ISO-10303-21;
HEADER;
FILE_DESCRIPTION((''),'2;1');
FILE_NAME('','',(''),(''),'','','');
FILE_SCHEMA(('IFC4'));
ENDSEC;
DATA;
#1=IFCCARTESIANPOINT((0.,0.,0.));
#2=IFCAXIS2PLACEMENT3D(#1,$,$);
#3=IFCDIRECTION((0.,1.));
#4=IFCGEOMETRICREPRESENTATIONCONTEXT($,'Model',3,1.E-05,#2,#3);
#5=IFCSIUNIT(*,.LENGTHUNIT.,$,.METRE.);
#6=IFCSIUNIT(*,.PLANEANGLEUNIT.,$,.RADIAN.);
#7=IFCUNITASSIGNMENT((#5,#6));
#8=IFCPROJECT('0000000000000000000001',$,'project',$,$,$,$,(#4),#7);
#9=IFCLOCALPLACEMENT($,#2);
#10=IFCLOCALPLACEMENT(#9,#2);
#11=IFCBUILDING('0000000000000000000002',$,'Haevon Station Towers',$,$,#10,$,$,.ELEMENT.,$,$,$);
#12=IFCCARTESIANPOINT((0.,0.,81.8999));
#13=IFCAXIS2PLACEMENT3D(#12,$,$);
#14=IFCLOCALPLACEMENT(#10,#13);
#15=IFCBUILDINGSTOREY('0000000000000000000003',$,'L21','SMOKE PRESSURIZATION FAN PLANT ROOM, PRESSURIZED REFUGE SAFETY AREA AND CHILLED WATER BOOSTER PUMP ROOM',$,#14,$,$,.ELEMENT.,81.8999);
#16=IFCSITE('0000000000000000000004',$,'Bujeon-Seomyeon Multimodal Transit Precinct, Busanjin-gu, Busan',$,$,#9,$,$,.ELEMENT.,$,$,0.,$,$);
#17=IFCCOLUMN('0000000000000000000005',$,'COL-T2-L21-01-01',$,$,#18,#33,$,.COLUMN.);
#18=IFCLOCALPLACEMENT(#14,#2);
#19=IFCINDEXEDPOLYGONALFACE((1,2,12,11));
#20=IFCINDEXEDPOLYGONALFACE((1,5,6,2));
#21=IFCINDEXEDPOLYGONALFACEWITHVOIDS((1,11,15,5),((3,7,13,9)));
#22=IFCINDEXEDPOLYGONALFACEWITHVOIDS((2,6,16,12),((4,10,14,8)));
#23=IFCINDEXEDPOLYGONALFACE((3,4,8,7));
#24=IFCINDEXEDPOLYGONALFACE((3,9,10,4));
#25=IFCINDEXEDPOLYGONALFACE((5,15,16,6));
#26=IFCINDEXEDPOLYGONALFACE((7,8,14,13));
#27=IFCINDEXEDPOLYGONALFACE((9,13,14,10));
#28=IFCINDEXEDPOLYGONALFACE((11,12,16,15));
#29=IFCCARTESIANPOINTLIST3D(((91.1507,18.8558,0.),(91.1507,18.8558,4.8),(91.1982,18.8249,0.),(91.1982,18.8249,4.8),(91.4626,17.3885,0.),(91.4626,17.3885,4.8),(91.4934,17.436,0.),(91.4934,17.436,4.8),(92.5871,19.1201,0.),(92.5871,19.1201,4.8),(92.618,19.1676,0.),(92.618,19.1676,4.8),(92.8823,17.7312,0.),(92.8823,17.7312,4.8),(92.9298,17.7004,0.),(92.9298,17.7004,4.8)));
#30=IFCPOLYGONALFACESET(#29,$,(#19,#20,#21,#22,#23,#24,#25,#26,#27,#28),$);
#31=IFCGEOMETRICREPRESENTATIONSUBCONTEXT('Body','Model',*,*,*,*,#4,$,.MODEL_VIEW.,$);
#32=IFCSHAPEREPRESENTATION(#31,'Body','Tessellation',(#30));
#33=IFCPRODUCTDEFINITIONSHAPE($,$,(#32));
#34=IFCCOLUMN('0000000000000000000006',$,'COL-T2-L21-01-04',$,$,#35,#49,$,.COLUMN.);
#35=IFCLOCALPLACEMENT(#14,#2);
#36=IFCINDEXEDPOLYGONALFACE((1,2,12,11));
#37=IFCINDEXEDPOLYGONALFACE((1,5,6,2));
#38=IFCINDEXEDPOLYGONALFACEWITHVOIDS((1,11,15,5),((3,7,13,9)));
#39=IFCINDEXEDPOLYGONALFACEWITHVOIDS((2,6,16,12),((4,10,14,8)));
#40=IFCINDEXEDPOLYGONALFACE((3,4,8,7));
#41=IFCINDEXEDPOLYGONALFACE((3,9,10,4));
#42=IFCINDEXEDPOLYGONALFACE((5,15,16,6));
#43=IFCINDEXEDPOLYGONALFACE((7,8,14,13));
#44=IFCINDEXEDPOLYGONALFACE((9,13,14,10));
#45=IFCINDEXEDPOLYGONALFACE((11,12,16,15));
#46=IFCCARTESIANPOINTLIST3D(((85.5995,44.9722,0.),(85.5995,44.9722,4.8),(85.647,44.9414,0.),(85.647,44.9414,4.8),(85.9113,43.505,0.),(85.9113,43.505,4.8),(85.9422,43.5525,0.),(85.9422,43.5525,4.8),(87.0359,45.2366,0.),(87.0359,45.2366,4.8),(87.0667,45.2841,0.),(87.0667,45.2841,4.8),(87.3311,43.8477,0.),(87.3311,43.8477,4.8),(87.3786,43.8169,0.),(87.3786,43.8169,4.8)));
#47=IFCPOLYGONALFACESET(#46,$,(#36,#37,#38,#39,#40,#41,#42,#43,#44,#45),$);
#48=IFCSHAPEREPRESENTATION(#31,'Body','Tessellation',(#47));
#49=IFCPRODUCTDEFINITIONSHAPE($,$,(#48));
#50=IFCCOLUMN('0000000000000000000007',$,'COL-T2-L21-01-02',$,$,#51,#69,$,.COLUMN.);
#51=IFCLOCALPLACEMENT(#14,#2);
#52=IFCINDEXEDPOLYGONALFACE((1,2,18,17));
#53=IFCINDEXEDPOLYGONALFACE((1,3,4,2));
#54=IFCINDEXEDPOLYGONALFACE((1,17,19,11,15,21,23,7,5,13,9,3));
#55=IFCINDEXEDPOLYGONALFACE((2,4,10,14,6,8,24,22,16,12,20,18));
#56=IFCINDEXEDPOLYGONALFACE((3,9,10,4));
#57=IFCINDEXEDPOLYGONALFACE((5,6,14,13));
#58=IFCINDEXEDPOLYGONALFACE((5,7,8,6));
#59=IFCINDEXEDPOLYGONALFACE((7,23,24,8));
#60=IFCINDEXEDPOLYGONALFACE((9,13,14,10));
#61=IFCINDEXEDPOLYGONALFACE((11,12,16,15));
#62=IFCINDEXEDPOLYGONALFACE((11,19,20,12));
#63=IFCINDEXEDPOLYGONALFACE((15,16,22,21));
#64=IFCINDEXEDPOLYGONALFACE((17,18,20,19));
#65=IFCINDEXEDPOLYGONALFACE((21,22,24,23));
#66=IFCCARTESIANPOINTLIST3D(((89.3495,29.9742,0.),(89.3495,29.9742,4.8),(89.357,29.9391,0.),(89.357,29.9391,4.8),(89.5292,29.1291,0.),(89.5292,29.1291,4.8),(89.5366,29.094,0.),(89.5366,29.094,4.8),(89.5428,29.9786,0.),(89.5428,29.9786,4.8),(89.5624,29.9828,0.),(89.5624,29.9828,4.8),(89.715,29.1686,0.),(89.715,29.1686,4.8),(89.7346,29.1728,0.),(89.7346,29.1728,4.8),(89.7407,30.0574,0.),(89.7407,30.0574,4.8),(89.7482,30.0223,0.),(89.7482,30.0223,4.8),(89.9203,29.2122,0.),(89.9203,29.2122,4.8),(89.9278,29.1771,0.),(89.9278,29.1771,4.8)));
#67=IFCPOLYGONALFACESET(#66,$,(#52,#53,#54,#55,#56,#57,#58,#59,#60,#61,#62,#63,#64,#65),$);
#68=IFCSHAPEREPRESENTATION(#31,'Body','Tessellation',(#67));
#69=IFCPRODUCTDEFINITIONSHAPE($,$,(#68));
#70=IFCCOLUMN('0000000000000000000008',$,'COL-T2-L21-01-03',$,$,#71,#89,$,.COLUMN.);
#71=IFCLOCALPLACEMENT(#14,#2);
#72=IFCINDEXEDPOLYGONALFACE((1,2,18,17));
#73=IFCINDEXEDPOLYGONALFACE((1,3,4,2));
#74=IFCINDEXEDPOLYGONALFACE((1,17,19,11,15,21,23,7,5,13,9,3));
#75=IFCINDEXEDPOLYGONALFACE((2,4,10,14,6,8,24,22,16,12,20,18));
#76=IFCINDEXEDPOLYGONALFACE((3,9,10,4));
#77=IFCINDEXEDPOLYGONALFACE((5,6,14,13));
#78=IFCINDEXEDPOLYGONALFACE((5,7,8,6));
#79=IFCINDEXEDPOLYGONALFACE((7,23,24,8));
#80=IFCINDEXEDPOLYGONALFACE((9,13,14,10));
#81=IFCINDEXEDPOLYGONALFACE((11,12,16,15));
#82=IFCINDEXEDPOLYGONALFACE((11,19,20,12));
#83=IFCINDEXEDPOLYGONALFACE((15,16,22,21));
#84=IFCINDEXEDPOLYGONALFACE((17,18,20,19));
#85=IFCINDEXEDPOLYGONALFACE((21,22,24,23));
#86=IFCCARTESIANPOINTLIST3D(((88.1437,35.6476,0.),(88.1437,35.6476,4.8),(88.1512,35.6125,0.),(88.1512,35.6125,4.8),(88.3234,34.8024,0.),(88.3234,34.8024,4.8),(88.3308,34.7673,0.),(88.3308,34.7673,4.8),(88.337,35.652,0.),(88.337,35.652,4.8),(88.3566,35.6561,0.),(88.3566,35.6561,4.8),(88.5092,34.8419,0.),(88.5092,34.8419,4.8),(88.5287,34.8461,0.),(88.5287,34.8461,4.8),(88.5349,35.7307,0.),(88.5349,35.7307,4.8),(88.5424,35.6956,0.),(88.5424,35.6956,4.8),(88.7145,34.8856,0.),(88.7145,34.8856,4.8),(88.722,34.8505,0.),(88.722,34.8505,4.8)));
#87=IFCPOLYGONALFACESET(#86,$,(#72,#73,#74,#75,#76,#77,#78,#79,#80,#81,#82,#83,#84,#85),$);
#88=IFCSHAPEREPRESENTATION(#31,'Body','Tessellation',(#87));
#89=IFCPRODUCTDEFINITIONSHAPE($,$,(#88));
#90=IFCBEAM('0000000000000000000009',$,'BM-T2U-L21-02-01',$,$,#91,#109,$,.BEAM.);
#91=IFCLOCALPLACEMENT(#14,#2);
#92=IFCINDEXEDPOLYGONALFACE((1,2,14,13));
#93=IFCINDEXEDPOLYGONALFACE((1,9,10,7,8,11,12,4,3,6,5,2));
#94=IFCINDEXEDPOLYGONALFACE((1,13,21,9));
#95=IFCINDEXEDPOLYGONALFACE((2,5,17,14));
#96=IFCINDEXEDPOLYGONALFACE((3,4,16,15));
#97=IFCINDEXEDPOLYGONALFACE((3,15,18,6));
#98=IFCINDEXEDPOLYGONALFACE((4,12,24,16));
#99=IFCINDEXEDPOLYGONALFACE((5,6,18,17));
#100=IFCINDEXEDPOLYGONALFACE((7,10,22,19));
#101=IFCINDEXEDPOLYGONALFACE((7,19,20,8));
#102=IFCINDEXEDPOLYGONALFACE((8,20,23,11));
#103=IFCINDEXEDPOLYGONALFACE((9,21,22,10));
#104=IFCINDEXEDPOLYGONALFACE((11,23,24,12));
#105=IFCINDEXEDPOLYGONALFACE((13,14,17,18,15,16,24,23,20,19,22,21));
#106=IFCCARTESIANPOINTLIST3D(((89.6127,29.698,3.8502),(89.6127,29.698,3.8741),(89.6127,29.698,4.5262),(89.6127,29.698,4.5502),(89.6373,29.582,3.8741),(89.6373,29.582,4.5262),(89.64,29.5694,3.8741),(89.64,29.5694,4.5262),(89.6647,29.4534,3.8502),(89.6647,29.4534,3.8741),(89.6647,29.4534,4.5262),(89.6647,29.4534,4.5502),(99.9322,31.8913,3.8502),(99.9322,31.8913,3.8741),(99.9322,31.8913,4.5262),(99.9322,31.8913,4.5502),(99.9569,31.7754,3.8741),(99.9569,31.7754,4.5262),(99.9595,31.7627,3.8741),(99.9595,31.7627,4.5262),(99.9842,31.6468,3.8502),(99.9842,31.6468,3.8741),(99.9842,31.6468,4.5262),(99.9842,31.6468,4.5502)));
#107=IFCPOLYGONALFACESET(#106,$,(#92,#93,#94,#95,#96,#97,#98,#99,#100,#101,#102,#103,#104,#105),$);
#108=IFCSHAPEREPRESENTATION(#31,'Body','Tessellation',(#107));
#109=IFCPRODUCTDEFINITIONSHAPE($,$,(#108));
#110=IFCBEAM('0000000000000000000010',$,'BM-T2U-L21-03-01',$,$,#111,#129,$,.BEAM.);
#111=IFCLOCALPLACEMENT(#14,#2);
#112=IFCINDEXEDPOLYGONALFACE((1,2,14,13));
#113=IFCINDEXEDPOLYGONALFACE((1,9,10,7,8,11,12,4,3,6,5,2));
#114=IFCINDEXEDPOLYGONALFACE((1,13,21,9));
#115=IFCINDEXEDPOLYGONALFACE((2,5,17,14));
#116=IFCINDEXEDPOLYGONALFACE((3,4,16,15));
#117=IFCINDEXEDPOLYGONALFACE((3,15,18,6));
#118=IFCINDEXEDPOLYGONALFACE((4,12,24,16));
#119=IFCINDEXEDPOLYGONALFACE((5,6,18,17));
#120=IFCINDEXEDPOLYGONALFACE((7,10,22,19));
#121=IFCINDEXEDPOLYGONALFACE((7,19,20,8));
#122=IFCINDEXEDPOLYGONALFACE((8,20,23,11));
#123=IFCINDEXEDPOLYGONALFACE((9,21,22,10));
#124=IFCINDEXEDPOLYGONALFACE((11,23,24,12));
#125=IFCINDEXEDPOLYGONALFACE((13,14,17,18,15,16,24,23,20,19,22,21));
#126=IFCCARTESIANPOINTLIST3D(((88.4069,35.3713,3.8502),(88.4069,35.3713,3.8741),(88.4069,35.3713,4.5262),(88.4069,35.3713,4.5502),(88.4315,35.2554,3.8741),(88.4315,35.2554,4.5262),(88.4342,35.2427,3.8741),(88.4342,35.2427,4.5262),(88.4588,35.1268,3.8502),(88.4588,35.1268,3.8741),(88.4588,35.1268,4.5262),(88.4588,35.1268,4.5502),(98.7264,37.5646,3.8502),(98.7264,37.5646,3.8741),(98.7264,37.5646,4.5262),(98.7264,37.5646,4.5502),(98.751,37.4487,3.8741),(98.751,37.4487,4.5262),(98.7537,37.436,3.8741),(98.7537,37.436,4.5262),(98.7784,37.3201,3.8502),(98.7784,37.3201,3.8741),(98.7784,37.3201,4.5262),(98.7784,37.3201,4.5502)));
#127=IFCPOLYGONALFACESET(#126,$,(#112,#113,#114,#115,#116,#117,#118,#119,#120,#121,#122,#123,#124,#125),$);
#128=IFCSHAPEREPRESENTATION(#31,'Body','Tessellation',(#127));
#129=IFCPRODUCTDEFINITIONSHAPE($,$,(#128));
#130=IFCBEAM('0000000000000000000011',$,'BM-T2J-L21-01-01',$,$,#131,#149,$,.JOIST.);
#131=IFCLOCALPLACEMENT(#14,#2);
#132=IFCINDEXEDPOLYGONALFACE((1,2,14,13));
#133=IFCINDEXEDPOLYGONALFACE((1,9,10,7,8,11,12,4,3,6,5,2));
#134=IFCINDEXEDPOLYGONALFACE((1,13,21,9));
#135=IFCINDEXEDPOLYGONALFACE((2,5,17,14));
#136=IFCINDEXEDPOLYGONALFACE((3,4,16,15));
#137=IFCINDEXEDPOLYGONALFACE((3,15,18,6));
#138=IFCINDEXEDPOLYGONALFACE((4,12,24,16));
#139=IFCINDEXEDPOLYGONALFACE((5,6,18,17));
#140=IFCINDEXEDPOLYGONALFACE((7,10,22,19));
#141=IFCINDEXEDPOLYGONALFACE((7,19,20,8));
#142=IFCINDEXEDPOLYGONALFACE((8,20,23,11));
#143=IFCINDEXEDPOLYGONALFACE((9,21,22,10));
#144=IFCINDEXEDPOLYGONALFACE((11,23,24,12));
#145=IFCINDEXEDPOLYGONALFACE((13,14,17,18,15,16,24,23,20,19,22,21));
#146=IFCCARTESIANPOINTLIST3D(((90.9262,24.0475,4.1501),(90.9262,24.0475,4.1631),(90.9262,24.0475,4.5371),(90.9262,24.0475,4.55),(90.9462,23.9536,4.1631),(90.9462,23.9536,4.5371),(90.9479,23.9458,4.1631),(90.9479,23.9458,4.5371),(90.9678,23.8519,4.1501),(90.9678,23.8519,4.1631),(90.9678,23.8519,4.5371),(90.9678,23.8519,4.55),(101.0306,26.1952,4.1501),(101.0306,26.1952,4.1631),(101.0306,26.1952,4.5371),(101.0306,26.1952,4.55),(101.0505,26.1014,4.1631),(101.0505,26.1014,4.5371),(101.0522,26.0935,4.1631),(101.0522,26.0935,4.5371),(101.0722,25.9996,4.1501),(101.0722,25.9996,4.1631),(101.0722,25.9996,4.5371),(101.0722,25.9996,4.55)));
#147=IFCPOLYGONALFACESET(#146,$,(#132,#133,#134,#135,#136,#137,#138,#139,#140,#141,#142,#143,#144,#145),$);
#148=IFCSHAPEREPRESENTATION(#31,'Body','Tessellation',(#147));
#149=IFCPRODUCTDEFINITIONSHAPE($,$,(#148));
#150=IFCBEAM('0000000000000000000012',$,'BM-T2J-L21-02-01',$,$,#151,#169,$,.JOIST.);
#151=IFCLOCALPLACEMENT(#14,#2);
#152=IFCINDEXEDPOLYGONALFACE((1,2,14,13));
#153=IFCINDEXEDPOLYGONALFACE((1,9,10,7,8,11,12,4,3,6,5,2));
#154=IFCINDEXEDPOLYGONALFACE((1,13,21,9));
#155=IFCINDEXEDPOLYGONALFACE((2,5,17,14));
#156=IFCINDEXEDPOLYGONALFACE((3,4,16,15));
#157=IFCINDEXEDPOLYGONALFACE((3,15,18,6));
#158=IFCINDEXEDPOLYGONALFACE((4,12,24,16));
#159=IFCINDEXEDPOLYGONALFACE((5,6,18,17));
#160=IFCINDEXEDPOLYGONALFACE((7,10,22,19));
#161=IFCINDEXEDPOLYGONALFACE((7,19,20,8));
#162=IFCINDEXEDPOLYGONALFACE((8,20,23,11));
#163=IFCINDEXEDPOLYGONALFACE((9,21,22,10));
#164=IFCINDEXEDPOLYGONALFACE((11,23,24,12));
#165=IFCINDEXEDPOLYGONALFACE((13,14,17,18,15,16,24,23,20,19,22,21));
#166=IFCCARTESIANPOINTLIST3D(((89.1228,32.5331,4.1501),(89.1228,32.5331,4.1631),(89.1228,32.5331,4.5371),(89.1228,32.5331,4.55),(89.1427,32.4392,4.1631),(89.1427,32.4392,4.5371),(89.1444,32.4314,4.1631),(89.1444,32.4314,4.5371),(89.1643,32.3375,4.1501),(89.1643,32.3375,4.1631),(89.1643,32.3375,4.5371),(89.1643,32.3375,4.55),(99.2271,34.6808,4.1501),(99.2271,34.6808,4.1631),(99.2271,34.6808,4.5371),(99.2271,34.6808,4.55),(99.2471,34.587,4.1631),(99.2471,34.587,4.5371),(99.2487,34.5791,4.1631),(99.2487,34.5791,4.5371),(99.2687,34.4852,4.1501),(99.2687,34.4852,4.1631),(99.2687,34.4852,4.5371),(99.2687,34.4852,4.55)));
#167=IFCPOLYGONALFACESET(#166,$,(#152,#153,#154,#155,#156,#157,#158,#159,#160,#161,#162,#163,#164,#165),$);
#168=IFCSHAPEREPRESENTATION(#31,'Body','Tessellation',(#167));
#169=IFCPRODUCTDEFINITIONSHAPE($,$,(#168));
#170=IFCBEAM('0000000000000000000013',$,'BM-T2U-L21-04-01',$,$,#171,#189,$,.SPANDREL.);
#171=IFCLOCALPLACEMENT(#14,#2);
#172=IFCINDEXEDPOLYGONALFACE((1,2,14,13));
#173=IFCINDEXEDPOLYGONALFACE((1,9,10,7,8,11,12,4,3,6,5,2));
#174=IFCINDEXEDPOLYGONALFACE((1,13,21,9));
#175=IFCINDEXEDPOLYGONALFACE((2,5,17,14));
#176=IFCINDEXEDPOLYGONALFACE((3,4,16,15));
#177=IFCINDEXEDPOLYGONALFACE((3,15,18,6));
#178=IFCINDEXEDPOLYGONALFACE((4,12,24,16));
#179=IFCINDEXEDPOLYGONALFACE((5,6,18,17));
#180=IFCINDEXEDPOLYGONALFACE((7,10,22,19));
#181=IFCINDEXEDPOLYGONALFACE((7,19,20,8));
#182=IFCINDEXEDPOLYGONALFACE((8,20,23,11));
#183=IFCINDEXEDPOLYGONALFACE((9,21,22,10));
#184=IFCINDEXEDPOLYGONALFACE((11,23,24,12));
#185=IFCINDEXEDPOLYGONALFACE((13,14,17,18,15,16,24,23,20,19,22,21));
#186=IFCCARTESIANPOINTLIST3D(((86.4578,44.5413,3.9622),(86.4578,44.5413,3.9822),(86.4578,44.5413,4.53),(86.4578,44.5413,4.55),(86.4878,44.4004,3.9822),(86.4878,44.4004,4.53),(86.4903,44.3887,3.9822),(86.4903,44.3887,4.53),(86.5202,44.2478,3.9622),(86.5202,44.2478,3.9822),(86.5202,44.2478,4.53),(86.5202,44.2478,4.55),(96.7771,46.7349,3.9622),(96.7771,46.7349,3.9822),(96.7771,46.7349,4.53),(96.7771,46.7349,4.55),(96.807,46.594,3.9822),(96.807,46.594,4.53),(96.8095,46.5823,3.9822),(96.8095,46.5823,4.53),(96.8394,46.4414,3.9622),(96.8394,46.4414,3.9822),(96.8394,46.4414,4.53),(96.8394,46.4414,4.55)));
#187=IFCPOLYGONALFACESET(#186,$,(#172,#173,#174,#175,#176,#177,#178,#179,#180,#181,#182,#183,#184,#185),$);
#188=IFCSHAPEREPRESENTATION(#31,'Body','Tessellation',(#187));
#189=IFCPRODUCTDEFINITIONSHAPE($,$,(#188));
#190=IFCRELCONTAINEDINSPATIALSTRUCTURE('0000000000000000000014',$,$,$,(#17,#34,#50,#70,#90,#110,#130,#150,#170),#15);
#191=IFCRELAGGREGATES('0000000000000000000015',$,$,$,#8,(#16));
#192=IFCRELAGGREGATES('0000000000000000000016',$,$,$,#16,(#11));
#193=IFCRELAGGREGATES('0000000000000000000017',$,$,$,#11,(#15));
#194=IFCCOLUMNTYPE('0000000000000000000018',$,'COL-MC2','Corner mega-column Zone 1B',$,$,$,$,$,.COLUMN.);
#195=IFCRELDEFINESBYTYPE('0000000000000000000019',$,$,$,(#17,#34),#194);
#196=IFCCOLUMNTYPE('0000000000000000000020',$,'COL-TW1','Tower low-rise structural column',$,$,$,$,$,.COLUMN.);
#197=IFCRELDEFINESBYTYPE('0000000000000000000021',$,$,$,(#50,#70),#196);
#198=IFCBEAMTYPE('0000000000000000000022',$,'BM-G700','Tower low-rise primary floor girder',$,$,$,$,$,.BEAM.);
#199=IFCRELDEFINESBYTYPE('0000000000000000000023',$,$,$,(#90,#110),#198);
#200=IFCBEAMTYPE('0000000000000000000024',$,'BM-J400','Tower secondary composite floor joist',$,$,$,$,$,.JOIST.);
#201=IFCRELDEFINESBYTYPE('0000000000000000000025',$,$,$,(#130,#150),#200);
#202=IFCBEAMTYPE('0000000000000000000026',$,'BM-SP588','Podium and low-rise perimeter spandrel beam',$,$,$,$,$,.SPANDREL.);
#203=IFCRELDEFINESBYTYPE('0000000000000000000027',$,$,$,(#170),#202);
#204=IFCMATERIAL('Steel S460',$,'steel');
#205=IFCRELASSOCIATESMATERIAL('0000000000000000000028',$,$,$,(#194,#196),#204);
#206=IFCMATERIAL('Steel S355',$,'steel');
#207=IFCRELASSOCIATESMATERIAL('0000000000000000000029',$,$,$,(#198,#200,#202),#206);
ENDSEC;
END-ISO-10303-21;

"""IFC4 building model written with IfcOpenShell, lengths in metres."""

from ifc_helpers import new_model, si_unit, direction, frame, origin, origin_2d, place, context, subcontext, project, spatial, hollow_rectangle, i_section, extrude, material, material_profile, profile_set, type_object, element, save


model = new_model("IFC4")

# Units and contexts
model_context = context("Model", 3, precision=1e-05, world=origin(), true_north=direction((0.0, 1.0)))
body_context = subcontext(model_context, "Body", "Model", "MODEL_VIEW")
ifc_project = project(units=[si_unit("LENGTHUNIT", "METRE"), si_unit("PLANEANGLEUNIT", "RADIAN")], contexts=[model_context])

# Site, building, storey
site_placement = place(None, origin())
site = spatial("IfcSite", under=ifc_project, at=site_placement, Name="Bujeon-Seomyeon Multimodal Transit Precinct, Busanjin-gu, Busan", CompositionType="ELEMENT", RefElevation=0.0)
building_placement = place(site_placement, origin())
building = spatial("IfcBuilding", under=site, at=building_placement, Name="Haevon Station Towers", CompositionType="ELEMENT")
storey_placement = place(building_placement, frame((0.0, 0.0, 81.8999)))
storey = spatial("IfcBuildingStorey", under=building, at=storey_placement, Name="L21", Description="SMOKE PRESSURIZATION FAN PLANT ROOM, PRESSURIZED REFUGE SAFETY AREA AND CHILLED WATER BOOSTER PUMP ROOM", CompositionType="ELEMENT", Elevation=81.8999)

# Columns
ifc_material_1 = material(Name="Steel S460", Category="steel")
ifc_material_profile_1 = material_profile(ifc_material_1, hollow_rectangle(XDim=1.5, YDim=1.5, WallThickness=0.04, at=origin_2d()), Name="BOX-1500x1500x40")
ifc_profile_set_1 = profile_set([ifc_material_profile_1], Name="Steel S460")
column_type_1 = type_object("IfcColumnType", Name="COL-MC2", Description="Corner mega-column Zone 1B", PredefinedType="COLUMN", material=ifc_profile_set_1)
for number, where, z_axis, x_axis, name in (
    (1, (92.0403, 18.2781, 0.0), (0.0, 0.0, 1.0), (0.978148, 0.207912, 0.0), "COL-T2-L21-01-01"),
    (2, (86.489, 44.3945, 0.0), (0.0, 0.0, 1.0), (0.978148, 0.207912, 0.0), "COL-T2-L21-01-04"),
):
    element("IfcColumn", number, at=place(storey_placement, frame(where, z_axis=z_axis, x_axis=x_axis)), inside=storey, type_object=column_type_1, Name=name, PredefinedType="COLUMN", context=body_context, shape_type="SweptSolid", body=[
        extrude(hollow_rectangle(XDim=1.5, YDim=1.5, WallThickness=0.04, at=origin_2d()), origin(), (0.0, 0.0, 1.0), 4.8),
    ])
ifc_material_profile_2 = material_profile(ifc_material_1, i_section(OverallWidth=0.3999, OverallDepth=0.8999, WebThickness=0.02, FlangeThickness=0.0359, at=origin_2d()), Name="H-900x400x20x36")
ifc_profile_set_2 = profile_set([ifc_material_profile_2], Name="Steel S460")
column_type_2 = type_object("IfcColumnType", Name="COL-TW1", Description="Tower low-rise structural column", PredefinedType="COLUMN", material=ifc_profile_set_2)
for number, where, z_axis, x_axis, name in (
    (3, (89.6387, 29.5757, 0.0), (0.0, 0.0, 1.0), (0.978148, 0.207912, 0.0), "COL-T2-L21-01-02"),
    (4, (88.4329, 35.249, 0.0), (0.0, 0.0, 1.0), (0.978148, 0.207912, 0.0), "COL-T2-L21-01-03"),
):
    element("IfcColumn", number, at=place(storey_placement, frame(where, z_axis=z_axis, x_axis=x_axis)), inside=storey, type_object=column_type_2, Name=name, PredefinedType="COLUMN", context=body_context, shape_type="SweptSolid", body=[
        extrude(i_section(OverallWidth=0.3999, OverallDepth=0.8999, WebThickness=0.02, FlangeThickness=0.0359, at=origin_2d()), origin(), (0.0, 0.0, 1.0), 4.8),
    ])

# Beams
ifc_material_2 = material(Name="Steel S355", Category="steel")
ifc_material_profile_3 = material_profile(ifc_material_2, i_section(OverallWidth=0.25, OverallDepth=0.7, WebThickness=0.0129, FlangeThickness=0.0239, at=origin_2d()), Name="H-700x250x13x24")
ifc_profile_set_3 = profile_set([ifc_material_profile_3], Name="Steel S355")
beam_type_1 = type_object("IfcBeamType", Name="BM-G700", Description="Tower low-rise primary floor girder", PredefinedType="BEAM", material=ifc_profile_set_3)
for number, where, z_axis, x_axis, name in (
    (5, (89.6387, 29.5757, 4.2002), (0.97815, 0.207899, 0.0), (-0.207899, 0.97815, 0.0), "BM-T2U-L21-02-01"),
    (6, (88.4329, 35.249, 4.2002), (0.97815, 0.207899, 0.0), (-0.207899, 0.97815, 0.0), "BM-T2U-L21-03-01"),
):
    element("IfcBeam", number, at=place(storey_placement, frame(where, z_axis=z_axis, x_axis=x_axis)), inside=storey, type_object=beam_type_1, Name=name, PredefinedType="BEAM", context=body_context, shape_type="SweptSolid", body=[
        extrude(i_section(OverallWidth=0.25, OverallDepth=0.7, WebThickness=0.0129, FlangeThickness=0.0239, at=origin_2d()), origin(), (0.0, 0.0, 1.0), 10.55),
    ])
ifc_material_profile_4 = material_profile(ifc_material_2, i_section(OverallWidth=0.2, OverallDepth=0.3999, WebThickness=0.0081, FlangeThickness=0.0129, at=origin_2d()), Name="H-400x200x8x13")
ifc_profile_set_4 = profile_set([ifc_material_profile_4], Name="Steel S355")
beam_type_2 = type_object("IfcBeamType", Name="BM-J400", Description="Tower secondary composite floor joist", PredefinedType="JOIST", material=ifc_profile_set_4)
for number, where, z_axis, x_axis, name in (
    (7, (90.947, 23.9497, 4.3501), (0.978148, 0.20791, 0.0), (-0.20791, 0.978148, 0.0), "BM-T2J-L21-01-01"),
    (8, (89.1436, 32.4353, 4.3501), (0.978148, 0.20791, 0.0), (-0.20791, 0.978148, 0.0), "BM-T2J-L21-02-01"),
):
    element("IfcBeam", number, at=place(storey_placement, frame(where, z_axis=z_axis, x_axis=x_axis)), inside=storey, type_object=beam_type_2, Name=name, PredefinedType="JOIST", context=body_context, shape_type="SweptSolid", body=[
        extrude(i_section(OverallWidth=0.2, OverallDepth=0.3999, WebThickness=0.0081, FlangeThickness=0.0129, at=origin_2d()), origin(), (0.0, 0.0, 1.0), 10.3301),
    ])
ifc_material_profile_5 = material_profile(ifc_material_2, i_section(OverallWidth=0.3, OverallDepth=0.5879, WebThickness=0.012, FlangeThickness=0.02, at=origin_2d()), Name="H-588x300x12x20")
ifc_profile_set_5 = profile_set([ifc_material_profile_5], Name="Steel S355")
beam_type_3 = type_object("IfcBeamType", Name="BM-SP588", Description="Podium and low-rise perimeter spandrel beam", PredefinedType="SPANDREL", material=ifc_profile_set_5)
beam_1_placement = place(storey_placement, frame((86.489, 44.3945, 4.2561), z_axis=(0.978144, 0.207926, 0.0), x_axis=(-0.207926, 0.978144, 0.0)))
element("IfcBeam", 9, at=beam_1_placement, inside=storey, type_object=beam_type_3, Name="BM-T2U-L21-04-01", PredefinedType="SPANDREL", context=body_context, shape_type="SweptSolid", body=[
    extrude(i_section(OverallWidth=0.3, OverallDepth=0.5879, WebThickness=0.012, FlangeThickness=0.02, at=origin_2d()), origin(), (0.0, 0.0, 1.0), 10.5498),
])

save(model, "model.ifc")
